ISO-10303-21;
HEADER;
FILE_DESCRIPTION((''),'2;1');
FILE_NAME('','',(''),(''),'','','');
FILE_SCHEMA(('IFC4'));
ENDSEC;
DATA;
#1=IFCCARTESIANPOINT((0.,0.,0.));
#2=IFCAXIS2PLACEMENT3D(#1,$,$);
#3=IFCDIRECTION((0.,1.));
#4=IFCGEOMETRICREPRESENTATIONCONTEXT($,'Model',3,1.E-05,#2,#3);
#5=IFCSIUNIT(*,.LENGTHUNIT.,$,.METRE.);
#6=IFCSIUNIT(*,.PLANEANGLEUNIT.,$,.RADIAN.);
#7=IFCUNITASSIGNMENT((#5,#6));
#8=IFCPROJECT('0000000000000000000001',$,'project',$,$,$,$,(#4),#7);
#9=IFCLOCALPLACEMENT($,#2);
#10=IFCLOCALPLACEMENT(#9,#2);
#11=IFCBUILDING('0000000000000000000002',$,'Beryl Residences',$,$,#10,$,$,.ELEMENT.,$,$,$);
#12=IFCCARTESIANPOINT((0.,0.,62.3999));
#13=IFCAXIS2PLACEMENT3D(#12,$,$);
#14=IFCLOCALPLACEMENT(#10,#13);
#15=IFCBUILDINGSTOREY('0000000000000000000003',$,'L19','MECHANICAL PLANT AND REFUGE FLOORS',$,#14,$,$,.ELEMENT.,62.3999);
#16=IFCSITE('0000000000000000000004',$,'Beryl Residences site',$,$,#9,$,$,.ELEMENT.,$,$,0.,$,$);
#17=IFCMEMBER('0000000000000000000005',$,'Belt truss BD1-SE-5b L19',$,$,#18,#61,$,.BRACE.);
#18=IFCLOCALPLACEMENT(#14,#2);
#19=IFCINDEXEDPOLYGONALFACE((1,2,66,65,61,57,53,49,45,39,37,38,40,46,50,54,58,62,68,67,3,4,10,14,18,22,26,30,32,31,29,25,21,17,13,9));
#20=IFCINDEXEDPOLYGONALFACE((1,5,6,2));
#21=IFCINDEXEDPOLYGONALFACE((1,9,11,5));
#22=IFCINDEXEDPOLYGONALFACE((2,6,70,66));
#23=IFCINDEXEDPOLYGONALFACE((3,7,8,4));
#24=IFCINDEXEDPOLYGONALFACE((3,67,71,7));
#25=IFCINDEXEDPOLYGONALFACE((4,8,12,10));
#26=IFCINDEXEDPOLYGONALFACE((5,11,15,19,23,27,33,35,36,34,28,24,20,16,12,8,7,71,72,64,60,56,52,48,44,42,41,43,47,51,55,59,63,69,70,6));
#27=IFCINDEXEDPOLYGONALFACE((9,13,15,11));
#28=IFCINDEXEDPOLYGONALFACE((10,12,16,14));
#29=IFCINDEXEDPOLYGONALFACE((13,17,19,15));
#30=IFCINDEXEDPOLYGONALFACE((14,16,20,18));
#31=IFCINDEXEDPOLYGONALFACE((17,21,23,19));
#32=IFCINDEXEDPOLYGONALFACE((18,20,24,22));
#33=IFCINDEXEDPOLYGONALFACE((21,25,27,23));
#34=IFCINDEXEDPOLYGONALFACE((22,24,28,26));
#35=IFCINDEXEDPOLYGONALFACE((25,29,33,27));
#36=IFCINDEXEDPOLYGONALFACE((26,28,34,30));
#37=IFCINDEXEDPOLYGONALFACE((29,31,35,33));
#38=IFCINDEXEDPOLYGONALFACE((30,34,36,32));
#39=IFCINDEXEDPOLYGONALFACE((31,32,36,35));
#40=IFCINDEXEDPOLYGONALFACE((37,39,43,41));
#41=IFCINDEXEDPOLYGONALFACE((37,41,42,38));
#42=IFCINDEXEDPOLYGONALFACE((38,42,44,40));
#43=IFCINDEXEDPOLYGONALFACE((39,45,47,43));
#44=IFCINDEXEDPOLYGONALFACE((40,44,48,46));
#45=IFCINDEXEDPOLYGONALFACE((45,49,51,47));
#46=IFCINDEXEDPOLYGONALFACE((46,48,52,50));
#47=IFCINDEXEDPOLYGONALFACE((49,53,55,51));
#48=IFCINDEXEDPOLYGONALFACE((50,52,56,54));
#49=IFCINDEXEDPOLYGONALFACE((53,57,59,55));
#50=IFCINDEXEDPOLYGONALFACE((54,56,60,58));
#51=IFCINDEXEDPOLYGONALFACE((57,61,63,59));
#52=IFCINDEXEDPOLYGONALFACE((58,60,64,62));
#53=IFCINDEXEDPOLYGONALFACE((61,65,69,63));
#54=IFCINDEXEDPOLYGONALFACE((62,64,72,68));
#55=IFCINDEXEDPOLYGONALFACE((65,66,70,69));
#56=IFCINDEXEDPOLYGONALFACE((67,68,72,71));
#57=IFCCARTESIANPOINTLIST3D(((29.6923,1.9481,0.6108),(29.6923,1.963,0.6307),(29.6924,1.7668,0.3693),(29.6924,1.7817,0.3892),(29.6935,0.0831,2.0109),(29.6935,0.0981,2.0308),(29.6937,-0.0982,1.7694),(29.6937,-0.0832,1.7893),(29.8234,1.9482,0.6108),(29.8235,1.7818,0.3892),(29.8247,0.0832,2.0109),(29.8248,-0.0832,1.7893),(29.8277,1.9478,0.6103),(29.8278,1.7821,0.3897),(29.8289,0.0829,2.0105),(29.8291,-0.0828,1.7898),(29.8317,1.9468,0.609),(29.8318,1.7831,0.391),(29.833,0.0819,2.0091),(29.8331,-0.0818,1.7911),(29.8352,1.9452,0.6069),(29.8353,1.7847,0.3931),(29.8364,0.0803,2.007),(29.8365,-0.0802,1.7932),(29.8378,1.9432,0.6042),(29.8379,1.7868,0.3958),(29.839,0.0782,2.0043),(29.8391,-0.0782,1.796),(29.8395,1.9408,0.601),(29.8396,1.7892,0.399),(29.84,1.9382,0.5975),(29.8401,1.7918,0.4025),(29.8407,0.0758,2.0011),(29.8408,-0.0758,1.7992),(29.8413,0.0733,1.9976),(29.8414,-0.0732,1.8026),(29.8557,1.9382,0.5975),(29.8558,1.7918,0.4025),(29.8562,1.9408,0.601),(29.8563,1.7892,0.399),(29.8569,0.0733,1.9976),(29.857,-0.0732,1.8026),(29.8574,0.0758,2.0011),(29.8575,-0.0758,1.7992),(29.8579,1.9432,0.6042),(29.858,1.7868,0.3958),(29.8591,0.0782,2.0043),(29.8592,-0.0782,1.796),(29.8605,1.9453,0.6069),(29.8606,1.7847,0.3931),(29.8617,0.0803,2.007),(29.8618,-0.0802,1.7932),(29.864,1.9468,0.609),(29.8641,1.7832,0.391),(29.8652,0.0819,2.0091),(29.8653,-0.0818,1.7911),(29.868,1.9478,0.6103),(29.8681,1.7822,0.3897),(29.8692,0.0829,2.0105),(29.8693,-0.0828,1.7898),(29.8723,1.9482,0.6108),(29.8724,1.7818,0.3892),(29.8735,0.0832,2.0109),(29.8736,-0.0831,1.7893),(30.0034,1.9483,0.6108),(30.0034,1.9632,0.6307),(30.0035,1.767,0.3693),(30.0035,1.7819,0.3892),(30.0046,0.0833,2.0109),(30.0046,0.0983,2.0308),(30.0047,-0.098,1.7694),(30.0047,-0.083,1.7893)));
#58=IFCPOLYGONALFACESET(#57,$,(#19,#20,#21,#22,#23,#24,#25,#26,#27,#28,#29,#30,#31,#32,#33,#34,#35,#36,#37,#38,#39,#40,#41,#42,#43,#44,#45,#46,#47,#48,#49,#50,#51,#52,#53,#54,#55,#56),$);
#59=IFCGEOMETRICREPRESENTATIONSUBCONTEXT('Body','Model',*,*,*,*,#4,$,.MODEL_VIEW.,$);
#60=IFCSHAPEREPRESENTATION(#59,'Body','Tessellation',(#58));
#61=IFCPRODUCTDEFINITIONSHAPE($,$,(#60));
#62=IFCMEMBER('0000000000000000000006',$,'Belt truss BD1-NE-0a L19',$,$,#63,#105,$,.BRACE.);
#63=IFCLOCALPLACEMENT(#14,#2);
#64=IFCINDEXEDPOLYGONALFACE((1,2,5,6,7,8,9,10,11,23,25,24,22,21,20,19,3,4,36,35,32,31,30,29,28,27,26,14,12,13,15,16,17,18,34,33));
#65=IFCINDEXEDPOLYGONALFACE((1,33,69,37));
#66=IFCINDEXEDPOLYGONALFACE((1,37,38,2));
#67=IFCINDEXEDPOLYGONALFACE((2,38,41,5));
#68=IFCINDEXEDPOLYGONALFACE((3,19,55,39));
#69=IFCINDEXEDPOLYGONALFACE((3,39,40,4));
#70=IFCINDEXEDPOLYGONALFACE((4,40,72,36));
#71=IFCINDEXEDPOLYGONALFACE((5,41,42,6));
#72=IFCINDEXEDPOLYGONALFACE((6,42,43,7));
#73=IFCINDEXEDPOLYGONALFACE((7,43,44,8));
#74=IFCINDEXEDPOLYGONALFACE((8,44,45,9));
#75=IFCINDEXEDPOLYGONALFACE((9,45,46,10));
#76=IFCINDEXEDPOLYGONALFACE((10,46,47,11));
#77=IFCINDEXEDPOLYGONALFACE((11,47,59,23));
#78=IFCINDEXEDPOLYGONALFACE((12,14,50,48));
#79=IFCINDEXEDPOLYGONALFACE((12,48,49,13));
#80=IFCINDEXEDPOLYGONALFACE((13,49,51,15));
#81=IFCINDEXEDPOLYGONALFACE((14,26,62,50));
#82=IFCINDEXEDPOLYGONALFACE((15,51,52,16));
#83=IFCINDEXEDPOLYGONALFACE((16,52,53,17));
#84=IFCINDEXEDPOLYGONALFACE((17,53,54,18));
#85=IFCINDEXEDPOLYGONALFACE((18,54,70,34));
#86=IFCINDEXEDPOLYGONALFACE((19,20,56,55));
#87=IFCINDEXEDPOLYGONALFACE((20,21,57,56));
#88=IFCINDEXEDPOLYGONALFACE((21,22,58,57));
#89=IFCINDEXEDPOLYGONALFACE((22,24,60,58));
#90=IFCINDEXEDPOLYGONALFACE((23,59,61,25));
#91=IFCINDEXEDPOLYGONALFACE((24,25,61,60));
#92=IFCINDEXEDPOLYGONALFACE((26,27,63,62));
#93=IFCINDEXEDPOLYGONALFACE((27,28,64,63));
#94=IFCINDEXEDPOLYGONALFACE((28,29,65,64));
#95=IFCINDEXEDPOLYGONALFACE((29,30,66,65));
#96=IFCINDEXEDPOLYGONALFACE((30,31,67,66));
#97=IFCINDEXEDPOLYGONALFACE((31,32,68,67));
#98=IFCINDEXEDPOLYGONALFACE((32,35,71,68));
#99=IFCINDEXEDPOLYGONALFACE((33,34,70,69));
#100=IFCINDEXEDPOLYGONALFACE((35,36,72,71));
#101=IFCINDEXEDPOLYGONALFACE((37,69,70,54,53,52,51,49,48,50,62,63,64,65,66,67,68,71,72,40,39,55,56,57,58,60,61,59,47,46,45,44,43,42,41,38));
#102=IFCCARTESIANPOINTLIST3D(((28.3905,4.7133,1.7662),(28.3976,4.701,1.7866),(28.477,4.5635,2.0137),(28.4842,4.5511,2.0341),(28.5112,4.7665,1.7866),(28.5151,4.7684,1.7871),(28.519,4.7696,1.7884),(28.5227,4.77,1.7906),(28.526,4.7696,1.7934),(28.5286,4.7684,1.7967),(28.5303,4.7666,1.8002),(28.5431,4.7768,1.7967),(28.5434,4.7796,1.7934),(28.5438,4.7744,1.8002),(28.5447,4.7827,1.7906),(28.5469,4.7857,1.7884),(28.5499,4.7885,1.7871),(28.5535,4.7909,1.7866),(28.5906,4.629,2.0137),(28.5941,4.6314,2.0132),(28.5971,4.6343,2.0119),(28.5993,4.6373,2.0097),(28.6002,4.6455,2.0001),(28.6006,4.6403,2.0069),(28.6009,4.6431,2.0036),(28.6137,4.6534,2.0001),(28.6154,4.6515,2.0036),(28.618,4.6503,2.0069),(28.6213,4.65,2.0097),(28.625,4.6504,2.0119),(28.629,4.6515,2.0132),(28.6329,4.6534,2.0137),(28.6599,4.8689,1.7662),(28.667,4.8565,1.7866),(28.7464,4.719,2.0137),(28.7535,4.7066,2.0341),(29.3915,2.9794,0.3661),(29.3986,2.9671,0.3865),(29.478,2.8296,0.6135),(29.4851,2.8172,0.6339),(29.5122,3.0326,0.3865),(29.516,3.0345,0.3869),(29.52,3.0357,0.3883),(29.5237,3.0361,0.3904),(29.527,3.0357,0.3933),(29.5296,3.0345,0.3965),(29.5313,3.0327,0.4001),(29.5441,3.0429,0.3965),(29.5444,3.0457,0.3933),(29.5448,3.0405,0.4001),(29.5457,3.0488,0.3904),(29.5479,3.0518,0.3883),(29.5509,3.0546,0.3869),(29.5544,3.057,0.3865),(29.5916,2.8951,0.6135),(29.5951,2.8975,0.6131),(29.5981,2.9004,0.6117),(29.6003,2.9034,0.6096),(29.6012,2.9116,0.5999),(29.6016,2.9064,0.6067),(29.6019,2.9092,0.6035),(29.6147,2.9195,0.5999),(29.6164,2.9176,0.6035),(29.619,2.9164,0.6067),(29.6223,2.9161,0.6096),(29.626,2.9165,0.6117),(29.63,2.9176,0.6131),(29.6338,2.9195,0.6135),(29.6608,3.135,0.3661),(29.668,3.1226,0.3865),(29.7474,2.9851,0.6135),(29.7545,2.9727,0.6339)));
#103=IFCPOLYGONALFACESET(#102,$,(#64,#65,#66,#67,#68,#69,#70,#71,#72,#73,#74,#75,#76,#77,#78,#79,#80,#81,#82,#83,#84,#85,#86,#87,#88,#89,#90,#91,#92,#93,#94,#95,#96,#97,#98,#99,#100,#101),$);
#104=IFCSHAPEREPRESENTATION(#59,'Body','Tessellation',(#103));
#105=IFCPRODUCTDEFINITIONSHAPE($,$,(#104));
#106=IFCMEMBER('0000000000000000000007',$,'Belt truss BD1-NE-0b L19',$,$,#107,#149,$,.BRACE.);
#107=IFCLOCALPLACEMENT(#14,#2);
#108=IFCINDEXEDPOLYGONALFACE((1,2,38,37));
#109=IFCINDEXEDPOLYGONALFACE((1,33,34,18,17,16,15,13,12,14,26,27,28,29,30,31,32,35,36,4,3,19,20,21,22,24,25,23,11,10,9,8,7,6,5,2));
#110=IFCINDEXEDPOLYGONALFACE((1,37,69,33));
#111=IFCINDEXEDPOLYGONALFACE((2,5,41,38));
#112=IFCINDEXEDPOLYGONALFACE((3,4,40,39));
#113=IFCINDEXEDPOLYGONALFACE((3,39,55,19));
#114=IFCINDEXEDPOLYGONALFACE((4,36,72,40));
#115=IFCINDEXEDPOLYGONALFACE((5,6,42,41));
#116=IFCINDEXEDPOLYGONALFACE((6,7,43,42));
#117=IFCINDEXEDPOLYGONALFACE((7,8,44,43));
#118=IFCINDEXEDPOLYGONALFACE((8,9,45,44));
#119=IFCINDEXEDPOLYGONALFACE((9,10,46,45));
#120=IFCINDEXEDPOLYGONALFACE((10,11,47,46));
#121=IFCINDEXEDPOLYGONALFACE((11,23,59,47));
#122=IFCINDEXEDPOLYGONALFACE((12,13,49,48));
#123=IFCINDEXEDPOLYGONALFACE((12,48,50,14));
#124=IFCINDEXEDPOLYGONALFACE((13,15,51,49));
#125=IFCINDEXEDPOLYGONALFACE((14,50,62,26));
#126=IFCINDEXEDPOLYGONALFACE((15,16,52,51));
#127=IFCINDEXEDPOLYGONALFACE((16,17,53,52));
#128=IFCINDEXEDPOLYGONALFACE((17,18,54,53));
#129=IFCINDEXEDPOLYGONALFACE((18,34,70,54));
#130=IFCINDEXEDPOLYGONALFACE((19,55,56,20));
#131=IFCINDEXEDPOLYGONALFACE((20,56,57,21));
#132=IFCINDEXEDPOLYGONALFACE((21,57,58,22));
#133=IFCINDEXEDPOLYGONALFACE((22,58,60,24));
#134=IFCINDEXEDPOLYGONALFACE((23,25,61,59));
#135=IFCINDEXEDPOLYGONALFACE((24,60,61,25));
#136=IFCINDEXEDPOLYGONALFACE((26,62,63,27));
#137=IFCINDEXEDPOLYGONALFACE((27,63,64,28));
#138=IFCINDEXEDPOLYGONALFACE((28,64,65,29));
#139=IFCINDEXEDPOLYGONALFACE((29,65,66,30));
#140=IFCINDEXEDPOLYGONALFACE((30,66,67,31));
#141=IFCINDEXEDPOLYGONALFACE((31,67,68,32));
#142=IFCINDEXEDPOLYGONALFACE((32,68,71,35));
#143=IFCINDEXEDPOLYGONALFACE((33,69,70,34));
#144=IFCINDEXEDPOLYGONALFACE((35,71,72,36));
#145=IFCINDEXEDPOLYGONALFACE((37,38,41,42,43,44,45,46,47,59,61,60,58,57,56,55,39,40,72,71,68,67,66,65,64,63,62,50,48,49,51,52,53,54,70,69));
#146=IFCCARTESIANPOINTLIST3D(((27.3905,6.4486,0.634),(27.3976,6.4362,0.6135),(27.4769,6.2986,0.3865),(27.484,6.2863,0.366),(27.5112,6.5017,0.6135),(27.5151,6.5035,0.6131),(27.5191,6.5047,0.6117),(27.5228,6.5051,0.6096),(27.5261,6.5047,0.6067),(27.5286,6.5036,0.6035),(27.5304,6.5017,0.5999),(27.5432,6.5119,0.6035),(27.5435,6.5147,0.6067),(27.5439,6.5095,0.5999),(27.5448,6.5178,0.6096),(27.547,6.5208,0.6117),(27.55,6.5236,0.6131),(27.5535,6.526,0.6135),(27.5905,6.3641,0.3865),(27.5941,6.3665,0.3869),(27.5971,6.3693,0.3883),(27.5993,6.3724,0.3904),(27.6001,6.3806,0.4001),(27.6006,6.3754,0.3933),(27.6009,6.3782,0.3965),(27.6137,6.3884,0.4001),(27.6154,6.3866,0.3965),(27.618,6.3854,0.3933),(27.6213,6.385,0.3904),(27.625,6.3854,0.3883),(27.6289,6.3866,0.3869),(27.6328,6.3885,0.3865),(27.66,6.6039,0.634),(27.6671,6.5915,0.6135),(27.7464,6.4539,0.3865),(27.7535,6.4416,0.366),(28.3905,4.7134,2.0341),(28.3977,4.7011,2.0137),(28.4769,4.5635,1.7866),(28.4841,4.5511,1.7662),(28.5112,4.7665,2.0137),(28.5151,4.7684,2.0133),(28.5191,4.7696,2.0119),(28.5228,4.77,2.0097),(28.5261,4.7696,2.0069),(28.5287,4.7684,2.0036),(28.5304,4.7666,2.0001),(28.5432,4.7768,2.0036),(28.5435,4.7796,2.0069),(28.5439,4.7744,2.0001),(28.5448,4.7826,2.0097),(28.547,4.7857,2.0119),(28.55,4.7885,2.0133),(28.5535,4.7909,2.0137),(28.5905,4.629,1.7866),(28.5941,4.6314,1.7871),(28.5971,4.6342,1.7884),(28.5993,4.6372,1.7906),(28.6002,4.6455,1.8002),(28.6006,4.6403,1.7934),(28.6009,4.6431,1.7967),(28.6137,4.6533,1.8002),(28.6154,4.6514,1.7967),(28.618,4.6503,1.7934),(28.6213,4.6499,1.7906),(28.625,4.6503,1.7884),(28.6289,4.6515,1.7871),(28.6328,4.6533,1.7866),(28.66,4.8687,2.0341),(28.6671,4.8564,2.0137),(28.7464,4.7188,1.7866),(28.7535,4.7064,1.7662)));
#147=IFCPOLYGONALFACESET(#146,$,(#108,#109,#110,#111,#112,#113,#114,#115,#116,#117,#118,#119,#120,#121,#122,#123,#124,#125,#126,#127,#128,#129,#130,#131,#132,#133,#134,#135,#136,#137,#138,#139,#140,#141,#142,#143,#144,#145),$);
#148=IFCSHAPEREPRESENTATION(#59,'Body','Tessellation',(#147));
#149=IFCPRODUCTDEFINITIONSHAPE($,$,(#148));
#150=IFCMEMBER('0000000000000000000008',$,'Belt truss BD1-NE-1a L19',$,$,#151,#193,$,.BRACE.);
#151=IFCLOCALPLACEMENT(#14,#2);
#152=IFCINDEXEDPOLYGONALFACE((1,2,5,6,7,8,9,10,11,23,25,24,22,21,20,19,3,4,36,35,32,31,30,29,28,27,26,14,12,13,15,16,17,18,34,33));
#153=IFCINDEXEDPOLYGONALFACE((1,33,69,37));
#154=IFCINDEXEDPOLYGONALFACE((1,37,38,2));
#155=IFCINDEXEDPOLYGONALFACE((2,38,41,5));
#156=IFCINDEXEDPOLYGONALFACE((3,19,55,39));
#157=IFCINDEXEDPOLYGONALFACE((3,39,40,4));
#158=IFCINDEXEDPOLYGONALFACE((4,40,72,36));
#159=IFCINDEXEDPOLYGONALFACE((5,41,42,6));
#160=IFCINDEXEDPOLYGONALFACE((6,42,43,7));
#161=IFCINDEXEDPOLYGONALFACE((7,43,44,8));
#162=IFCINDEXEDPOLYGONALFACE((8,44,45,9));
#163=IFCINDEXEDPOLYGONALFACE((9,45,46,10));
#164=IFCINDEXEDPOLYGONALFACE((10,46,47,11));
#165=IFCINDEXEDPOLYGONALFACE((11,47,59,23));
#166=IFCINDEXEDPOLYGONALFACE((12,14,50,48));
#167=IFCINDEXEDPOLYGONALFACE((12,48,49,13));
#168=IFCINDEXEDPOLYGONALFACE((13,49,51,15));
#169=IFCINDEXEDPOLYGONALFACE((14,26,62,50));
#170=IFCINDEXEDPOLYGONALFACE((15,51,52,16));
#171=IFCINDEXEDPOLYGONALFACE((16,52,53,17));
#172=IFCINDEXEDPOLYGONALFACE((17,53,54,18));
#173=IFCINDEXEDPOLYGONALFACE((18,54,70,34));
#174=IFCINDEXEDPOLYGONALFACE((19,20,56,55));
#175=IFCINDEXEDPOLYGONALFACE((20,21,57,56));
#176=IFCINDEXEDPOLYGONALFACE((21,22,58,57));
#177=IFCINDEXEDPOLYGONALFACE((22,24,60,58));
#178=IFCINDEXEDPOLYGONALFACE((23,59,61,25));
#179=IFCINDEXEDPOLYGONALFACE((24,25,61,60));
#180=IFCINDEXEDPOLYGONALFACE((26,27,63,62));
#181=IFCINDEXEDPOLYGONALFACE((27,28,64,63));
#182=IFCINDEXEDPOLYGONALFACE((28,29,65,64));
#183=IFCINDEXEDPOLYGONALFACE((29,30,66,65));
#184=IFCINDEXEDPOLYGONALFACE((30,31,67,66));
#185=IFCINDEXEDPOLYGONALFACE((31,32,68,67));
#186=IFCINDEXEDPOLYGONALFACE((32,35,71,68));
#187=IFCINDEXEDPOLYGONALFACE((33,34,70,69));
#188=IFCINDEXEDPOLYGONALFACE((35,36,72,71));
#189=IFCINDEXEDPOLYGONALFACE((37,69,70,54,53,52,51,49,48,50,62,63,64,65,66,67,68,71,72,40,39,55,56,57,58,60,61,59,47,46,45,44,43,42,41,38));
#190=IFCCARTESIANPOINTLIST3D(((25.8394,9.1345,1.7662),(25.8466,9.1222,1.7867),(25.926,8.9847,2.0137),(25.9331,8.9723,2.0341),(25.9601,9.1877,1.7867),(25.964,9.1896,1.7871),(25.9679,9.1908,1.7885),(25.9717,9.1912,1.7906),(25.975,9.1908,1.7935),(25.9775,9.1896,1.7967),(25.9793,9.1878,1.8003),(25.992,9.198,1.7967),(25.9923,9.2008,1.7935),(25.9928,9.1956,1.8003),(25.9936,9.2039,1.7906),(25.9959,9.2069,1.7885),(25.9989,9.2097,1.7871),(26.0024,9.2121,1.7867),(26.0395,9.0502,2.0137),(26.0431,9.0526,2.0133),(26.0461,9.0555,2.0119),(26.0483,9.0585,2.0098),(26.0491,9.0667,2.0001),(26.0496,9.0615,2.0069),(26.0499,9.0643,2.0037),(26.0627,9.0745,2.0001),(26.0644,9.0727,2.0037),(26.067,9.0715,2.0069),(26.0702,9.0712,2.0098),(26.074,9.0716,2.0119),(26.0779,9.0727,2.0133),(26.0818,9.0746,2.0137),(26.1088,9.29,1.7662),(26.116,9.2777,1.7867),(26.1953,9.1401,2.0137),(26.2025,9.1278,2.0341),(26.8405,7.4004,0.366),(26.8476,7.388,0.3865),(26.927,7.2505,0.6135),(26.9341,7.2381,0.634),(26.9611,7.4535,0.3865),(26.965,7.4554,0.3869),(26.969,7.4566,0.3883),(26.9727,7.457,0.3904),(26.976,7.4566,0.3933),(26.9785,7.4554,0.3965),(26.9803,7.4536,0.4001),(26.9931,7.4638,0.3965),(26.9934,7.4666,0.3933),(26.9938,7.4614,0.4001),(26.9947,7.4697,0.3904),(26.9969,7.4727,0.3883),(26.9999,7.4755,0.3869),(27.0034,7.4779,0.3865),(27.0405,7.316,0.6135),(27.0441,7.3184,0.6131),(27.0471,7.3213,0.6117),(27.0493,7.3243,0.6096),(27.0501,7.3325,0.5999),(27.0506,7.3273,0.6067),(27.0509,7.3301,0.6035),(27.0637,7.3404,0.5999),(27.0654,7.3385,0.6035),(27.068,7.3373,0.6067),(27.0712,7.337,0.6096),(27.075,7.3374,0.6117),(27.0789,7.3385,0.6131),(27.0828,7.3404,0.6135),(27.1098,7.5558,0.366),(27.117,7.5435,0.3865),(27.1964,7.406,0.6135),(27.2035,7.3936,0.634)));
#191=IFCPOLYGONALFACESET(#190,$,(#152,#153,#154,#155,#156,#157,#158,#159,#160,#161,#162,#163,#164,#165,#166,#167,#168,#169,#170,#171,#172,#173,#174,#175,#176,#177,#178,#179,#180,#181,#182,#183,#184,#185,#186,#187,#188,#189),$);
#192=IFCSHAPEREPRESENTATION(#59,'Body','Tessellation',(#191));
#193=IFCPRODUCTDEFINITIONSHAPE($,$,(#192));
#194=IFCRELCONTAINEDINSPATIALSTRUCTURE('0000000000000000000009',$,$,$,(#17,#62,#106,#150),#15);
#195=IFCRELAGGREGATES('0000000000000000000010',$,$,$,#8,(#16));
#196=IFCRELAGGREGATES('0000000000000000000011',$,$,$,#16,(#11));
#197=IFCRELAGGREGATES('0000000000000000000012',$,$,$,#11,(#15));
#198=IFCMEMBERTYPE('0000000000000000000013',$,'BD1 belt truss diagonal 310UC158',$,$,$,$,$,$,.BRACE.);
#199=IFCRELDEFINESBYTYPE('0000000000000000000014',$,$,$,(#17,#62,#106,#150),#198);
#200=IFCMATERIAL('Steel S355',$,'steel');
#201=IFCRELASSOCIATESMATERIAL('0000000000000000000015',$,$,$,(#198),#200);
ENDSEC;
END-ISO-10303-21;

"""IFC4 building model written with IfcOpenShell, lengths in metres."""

from ifc_helpers import new_model, si_unit, direction, frame, origin, origin_2d, place, context, subcontext, project, spatial, i_section, extrude, material, material_profile, profile_set, type_object, element, save


model = new_model("IFC4")

# Units and contexts
model_context = context("Model", 3, precision=1e-05, world=origin(), true_north=direction((0.0, 1.0)))
body_context = subcontext(model_context, "Body", "Model", "MODEL_VIEW")
ifc_project = project(units=[si_unit("LENGTHUNIT", "METRE"), si_unit("PLANEANGLEUNIT", "RADIAN")], contexts=[model_context])

# Site, building, storey
site_placement = place(None, origin())
site = spatial("IfcSite", under=ifc_project, at=site_placement, Name="Beryl Residences site", CompositionType="ELEMENT", RefElevation=0.0)
building_placement = place(site_placement, origin())
building = spatial("IfcBuilding", under=site, at=building_placement, Name="Beryl Residences", CompositionType="ELEMENT")
storey_placement = place(building_placement, frame((0.0, 0.0, 62.3999)))
storey = spatial("IfcBuildingStorey", under=building, at=storey_placement, Name="L19", Description="MECHANICAL PLANT AND REFUGE FLOORS", CompositionType="ELEMENT", Elevation=62.3999)

# Members
ifc_material_1 = material(Name="Steel S355", Category="steel")
ifc_material_profile_1 = material_profile(ifc_material_1, i_section(OverallWidth=0.311, OverallDepth=0.3269, WebThickness=0.0156, FlangeThickness=0.0249, FilletRadius=0.0166, at=origin_2d()))
ifc_profile_set_1 = profile_set([ifc_material_profile_1], Name="Steel S355")
member_type_1 = type_object("IfcMemberType", Name="BD1 belt truss diagonal 310UC158", PredefinedType="BRACE", material=ifc_profile_set_1)
member_1_placement = place(storey_placement, frame((29.8479, 1.865, 0.5), z_axis=(0.000523, -0.799711, 0.600385), x_axis=(1.0, 0.000655, 0.0)))
element("IfcMember", 1, at=member_1_placement, inside=storey, type_object=member_type_1, Name="Belt truss BD1-SE-5b L19", PredefinedType="BRACE", context=body_context, shape_type="SweptSolid", body=[
    extrude(i_section(OverallWidth=0.311, OverallDepth=0.3269, WebThickness=0.0156, FlangeThickness=0.0249, FilletRadius=0.0166, at=origin_2d()), origin(), (0.0, 0.0, 1.0), 2.332),
])
member_2_placement = place(storey_placement, frame((29.573, 2.9761, 0.5), z_axis=(-0.409716, 0.709708, 0.573103), x_axis=(-0.866043, -0.499969, 0.0)))
element("IfcMember", 2, at=member_2_placement, inside=storey, type_object=member_type_1, Name="Belt truss BD1-NE-0a L19", PredefinedType="BRACE", context=body_context, shape_type="SweptSolid", body=[
    extrude(i_section(OverallWidth=0.311, OverallDepth=0.3269, WebThickness=0.0156, FlangeThickness=0.0249, FilletRadius=0.0166, at=origin_2d()), origin(), (0.0, 0.0, 1.0), 2.4431),
])
member_3_placement = place(storey_placement, frame((27.572, 6.4451, 0.5), z_axis=(0.409238, -0.710072, 0.572993), x_axis=(0.866407, 0.499339, 0.0)))
element("IfcMember", 3, at=member_3_placement, inside=storey, type_object=member_type_1, Name="Belt truss BD1-NE-0b L19", PredefinedType="BRACE", context=body_context, shape_type="SweptSolid", body=[
    extrude(i_section(OverallWidth=0.311, OverallDepth=0.3269, WebThickness=0.0156, FlangeThickness=0.0249, FilletRadius=0.0166, at=origin_2d()), origin(), (0.0, 0.0, 1.0), 2.4436),
])
member_4_placement = place(storey_placement, frame((27.022, 7.397, 0.5), z_axis=(-0.409687, 0.709758, 0.573062), x_axis=(-0.866074, -0.499916, 0.0)))
element("IfcMember", 4, at=member_4_placement, inside=storey, type_object=member_type_1, Name="Belt truss BD1-NE-1a L19", PredefinedType="BRACE", context=body_context, shape_type="SweptSolid", body=[
    extrude(i_section(OverallWidth=0.311, OverallDepth=0.3269, WebThickness=0.0156, FlangeThickness=0.0249, FilletRadius=0.0166, at=origin_2d()), origin(), (0.0, 0.0, 1.0), 2.4434),
])

save(model, "model.ifc")
